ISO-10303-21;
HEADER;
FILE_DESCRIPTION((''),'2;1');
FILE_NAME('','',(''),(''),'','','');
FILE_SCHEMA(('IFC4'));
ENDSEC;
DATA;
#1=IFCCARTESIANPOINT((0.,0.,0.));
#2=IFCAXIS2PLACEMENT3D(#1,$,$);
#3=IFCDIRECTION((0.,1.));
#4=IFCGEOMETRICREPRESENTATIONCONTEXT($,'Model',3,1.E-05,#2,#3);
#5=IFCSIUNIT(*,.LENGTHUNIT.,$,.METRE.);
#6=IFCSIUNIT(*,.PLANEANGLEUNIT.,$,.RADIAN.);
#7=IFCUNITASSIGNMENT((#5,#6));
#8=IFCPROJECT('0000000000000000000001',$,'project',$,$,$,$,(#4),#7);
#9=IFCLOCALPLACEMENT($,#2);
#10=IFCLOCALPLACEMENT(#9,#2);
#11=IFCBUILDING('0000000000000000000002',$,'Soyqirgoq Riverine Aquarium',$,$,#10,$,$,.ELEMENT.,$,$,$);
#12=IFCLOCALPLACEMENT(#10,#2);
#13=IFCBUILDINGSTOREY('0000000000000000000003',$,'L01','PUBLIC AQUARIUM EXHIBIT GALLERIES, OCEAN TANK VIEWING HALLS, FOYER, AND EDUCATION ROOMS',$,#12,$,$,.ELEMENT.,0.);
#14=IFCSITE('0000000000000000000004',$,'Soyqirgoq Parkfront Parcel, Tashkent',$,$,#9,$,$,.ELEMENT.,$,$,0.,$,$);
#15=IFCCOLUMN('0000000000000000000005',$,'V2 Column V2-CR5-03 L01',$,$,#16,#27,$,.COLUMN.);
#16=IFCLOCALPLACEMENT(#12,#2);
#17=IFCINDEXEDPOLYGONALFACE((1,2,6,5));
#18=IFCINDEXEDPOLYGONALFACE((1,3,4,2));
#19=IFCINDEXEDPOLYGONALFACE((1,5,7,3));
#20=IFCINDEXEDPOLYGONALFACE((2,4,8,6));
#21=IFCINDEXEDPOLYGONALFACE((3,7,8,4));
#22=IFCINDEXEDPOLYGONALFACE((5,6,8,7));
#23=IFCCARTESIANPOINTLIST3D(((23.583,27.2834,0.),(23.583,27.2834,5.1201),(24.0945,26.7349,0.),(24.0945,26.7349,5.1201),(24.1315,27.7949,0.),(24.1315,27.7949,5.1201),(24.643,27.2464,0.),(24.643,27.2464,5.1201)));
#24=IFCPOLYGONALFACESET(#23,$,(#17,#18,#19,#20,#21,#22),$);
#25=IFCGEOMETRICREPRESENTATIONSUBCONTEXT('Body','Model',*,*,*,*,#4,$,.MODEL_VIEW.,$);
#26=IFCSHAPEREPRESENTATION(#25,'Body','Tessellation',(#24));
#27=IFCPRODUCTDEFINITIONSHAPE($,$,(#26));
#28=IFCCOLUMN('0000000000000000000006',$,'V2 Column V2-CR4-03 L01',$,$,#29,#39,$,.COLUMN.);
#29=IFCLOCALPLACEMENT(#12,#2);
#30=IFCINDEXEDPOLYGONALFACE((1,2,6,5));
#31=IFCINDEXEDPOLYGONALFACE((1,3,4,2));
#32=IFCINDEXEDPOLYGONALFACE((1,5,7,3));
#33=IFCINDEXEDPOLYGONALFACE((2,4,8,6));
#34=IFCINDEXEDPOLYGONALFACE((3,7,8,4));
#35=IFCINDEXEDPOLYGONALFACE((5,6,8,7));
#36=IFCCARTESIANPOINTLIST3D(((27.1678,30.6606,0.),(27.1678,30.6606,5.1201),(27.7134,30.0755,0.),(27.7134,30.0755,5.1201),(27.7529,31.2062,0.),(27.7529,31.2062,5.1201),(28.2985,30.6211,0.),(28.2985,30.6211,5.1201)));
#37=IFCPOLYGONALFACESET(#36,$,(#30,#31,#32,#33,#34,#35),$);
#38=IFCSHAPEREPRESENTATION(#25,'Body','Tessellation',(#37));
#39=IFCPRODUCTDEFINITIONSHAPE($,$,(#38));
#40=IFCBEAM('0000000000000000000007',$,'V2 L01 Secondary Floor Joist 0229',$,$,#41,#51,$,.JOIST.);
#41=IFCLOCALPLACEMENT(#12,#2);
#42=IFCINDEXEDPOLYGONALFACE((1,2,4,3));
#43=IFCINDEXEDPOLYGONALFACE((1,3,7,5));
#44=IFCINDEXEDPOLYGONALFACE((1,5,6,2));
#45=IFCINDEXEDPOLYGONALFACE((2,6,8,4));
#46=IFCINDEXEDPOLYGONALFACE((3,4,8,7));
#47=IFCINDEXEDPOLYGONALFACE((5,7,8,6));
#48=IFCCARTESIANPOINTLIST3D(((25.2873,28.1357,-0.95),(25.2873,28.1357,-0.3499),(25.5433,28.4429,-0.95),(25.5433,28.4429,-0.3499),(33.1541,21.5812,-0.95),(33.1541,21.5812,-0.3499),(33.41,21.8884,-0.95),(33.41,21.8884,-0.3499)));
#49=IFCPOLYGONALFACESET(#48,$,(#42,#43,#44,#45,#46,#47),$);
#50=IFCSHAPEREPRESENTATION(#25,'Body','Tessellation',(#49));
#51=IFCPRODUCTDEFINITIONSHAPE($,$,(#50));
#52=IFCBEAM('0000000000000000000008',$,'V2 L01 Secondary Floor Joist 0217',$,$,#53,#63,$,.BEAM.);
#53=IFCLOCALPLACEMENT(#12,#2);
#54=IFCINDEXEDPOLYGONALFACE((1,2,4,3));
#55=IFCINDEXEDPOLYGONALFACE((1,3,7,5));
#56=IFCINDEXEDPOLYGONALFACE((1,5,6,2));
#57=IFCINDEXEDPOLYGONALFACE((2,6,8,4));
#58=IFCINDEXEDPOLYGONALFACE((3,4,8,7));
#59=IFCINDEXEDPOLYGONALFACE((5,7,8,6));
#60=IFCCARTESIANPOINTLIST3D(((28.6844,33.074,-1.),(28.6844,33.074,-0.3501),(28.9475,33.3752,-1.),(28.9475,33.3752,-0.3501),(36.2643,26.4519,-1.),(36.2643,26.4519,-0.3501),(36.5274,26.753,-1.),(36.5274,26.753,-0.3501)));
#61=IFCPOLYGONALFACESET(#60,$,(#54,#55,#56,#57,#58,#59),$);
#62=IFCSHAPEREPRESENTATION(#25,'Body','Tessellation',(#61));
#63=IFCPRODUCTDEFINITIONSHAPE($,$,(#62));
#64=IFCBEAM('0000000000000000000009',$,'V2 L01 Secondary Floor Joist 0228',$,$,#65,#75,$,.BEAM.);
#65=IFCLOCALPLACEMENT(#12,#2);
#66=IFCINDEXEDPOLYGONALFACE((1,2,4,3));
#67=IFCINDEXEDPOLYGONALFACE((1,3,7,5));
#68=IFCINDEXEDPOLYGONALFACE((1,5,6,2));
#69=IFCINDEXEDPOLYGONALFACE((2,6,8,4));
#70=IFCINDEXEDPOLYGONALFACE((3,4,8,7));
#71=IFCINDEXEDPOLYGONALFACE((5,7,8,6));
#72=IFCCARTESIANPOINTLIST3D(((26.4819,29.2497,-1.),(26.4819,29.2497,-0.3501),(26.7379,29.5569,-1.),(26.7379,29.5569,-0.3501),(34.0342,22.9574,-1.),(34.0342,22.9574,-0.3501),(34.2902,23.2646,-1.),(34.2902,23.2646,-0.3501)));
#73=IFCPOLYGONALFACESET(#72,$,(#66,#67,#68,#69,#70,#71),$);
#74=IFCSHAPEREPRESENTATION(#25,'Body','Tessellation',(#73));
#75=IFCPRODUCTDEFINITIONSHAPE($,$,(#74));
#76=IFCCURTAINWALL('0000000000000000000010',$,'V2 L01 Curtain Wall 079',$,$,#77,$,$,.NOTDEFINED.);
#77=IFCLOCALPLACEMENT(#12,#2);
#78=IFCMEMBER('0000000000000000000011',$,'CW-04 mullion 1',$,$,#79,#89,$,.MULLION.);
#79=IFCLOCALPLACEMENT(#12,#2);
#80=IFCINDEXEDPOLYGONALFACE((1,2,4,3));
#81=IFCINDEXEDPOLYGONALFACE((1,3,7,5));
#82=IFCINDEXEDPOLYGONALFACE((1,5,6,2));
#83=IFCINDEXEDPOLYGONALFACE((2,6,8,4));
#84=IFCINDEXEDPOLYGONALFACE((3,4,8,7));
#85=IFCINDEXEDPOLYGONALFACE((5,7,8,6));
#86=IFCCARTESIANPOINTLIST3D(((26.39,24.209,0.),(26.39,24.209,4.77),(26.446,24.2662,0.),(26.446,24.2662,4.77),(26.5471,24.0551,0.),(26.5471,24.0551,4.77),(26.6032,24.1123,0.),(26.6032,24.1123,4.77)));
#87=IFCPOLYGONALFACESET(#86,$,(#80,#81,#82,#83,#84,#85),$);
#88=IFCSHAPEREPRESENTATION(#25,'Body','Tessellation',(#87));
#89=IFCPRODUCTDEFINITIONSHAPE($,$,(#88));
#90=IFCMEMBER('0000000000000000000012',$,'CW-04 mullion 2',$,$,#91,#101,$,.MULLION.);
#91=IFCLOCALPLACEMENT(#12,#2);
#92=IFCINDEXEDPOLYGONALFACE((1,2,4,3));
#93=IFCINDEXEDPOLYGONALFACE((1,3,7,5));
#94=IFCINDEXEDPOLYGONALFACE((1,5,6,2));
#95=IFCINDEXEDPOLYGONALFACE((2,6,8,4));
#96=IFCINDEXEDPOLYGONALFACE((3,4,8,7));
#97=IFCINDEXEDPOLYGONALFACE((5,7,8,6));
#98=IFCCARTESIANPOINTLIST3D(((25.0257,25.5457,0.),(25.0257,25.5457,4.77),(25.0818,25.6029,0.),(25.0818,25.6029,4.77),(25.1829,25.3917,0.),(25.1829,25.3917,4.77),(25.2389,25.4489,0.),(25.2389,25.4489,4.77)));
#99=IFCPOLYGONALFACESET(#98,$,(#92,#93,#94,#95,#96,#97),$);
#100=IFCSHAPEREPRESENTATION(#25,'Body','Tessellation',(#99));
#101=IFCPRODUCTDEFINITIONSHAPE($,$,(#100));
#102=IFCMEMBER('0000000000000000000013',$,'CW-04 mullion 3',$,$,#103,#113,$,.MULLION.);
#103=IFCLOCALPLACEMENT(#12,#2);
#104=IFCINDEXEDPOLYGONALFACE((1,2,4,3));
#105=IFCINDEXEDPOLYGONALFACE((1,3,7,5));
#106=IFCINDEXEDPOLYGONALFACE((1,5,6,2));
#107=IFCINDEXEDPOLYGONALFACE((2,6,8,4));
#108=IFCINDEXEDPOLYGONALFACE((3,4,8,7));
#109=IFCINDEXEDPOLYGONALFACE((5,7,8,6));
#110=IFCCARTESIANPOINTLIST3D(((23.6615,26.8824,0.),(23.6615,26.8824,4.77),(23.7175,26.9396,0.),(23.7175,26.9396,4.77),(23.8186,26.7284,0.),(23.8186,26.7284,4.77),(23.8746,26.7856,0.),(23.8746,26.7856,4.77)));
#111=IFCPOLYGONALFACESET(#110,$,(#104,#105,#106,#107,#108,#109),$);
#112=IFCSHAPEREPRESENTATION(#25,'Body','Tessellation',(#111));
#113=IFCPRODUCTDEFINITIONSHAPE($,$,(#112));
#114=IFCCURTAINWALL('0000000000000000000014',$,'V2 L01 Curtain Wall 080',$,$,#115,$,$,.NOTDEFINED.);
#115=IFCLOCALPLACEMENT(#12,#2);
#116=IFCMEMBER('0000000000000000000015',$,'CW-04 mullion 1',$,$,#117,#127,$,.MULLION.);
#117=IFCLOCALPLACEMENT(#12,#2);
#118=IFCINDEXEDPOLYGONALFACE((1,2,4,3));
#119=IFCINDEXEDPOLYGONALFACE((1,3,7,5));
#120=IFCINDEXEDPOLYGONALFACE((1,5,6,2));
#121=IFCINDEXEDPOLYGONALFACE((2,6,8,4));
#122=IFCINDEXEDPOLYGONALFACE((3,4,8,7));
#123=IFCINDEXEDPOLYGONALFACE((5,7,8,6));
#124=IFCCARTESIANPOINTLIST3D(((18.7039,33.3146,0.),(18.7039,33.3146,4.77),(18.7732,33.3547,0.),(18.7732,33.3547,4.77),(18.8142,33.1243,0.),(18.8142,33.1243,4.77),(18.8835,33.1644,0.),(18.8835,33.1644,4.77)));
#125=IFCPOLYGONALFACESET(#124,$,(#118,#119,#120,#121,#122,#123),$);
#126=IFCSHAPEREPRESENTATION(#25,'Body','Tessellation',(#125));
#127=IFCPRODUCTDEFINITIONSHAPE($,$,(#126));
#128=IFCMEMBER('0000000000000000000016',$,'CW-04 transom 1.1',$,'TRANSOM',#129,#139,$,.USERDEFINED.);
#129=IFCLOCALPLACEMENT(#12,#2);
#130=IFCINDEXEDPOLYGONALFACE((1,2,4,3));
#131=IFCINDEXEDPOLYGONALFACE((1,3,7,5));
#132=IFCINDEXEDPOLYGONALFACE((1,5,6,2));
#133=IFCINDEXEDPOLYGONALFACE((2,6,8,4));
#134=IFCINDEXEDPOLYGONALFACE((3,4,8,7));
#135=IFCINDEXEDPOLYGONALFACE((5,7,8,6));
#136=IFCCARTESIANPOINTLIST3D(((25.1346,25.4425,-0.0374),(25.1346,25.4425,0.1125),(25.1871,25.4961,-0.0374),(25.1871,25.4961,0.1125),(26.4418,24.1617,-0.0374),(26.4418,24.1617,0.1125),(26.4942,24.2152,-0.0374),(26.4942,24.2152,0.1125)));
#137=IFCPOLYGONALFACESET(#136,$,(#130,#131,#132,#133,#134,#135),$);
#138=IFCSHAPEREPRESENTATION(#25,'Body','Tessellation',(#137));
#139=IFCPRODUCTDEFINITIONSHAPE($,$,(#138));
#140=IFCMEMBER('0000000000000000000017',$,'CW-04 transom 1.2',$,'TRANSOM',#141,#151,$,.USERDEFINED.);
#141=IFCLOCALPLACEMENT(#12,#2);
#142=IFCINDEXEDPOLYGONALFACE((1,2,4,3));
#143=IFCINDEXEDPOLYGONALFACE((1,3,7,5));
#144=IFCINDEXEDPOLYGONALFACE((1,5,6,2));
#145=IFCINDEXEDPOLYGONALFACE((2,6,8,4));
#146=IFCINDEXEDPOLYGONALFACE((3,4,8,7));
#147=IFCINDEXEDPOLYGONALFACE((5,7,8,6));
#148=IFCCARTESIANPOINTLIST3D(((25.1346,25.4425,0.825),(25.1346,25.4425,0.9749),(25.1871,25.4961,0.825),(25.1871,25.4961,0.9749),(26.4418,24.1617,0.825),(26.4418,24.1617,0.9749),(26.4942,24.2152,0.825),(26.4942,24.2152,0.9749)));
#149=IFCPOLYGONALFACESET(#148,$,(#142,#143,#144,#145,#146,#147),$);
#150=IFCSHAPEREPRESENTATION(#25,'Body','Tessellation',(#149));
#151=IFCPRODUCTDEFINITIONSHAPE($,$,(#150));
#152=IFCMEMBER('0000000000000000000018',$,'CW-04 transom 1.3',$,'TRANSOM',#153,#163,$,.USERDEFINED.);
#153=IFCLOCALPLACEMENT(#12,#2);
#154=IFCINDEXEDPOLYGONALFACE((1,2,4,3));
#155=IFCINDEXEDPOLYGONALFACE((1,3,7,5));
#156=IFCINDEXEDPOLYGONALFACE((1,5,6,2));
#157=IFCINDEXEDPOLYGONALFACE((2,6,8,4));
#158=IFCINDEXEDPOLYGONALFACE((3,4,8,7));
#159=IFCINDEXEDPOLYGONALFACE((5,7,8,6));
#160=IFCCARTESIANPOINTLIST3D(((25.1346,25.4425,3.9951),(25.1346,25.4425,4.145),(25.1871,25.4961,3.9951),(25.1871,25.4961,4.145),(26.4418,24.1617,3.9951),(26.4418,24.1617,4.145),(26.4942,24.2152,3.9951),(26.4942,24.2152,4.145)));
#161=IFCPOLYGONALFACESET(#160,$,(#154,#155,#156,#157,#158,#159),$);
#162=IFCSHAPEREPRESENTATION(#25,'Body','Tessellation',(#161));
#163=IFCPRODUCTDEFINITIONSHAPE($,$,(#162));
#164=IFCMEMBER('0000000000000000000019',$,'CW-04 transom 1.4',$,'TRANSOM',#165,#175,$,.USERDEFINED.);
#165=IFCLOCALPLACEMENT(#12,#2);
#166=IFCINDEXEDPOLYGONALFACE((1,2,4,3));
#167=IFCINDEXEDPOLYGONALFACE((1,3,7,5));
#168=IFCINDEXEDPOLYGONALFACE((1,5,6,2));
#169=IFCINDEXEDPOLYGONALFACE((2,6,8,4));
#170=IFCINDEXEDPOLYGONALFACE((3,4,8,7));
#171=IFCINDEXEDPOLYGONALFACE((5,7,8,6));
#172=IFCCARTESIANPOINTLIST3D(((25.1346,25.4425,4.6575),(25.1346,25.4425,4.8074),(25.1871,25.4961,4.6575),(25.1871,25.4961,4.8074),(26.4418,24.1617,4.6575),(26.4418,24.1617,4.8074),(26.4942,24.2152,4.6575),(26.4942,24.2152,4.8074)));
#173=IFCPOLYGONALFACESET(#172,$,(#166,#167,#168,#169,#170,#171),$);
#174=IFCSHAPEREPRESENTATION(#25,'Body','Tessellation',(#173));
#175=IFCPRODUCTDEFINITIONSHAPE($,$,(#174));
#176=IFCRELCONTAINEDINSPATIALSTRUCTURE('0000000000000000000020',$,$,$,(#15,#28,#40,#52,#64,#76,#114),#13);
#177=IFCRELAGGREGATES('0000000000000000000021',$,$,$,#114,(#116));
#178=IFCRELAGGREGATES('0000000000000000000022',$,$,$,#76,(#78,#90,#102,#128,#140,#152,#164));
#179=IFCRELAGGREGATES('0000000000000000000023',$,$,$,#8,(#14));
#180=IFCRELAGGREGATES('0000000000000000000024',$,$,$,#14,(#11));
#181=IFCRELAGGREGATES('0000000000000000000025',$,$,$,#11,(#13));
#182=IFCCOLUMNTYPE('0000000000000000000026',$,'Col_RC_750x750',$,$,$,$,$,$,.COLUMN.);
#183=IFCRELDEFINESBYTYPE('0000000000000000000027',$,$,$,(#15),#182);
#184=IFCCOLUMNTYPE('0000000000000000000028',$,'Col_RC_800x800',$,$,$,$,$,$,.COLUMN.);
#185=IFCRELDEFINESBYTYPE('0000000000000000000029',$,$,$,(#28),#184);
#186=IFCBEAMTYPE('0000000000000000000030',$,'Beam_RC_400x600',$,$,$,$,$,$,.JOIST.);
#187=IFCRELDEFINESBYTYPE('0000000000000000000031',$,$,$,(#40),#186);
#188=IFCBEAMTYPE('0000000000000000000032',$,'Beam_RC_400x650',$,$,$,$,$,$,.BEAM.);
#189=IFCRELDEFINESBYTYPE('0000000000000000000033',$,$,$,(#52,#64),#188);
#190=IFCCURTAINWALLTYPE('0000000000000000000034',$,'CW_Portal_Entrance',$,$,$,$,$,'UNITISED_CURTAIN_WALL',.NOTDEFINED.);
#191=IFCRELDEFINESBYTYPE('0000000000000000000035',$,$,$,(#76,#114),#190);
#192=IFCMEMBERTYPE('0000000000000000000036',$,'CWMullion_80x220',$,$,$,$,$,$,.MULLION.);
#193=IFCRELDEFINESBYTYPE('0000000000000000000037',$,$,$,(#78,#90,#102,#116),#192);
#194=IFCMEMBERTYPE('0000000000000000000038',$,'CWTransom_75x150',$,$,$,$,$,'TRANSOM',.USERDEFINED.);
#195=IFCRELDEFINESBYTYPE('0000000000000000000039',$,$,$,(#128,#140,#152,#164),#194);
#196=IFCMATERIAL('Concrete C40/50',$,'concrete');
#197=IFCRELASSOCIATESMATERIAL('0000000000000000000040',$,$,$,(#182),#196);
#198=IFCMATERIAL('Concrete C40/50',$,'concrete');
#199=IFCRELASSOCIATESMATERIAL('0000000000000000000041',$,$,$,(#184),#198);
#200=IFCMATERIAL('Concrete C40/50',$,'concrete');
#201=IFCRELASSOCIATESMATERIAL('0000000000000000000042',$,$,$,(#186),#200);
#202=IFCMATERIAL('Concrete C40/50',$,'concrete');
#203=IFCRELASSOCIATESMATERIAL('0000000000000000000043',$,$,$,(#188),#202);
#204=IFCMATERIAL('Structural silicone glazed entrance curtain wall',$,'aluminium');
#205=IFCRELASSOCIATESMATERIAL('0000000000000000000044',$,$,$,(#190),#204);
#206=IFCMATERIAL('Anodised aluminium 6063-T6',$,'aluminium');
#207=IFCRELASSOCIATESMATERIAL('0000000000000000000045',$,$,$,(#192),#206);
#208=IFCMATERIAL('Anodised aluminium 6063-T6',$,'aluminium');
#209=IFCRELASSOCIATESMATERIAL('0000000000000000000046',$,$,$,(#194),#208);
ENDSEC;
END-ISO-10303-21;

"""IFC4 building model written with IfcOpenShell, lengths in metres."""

from ifc_helpers import new_model, si_unit, direction, frame, origin, origin_2d, place, context, subcontext, project, spatial, rectangle, extrude, material, material_profile, profile_set, type_object, element, aggregate, save


model = new_model("IFC4")

# Units and contexts
model_context = context("Model", 3, precision=1e-05, world=origin(), true_north=direction((0.0, 1.0)))
body_context = subcontext(model_context, "Body", "Model", "MODEL_VIEW")
ifc_project = project(units=[si_unit("LENGTHUNIT", "METRE"), si_unit("PLANEANGLEUNIT", "RADIAN")], contexts=[model_context])

# Site, building, storey
site_placement = place(None, origin())
site = spatial("IfcSite", under=ifc_project, at=site_placement, Name="Soyqirgoq Parkfront Parcel, Tashkent", CompositionType="ELEMENT", RefElevation=0.0)
building_placement = place(site_placement, origin())
building = spatial("IfcBuilding", under=site, at=building_placement, Name="Soyqirgoq Riverine Aquarium", CompositionType="ELEMENT")
storey_placement = place(building_placement, origin())
storey = spatial("IfcBuildingStorey", under=building, at=storey_placement, Name="L01", Description="PUBLIC AQUARIUM EXHIBIT GALLERIES, OCEAN TANK VIEWING HALLS, FOYER, AND EDUCATION ROOMS", CompositionType="ELEMENT", Elevation=0.0)

# Columns
ifc_material_1 = material(Name="Concrete C40/50", Category="concrete")
ifc_material_profile_1 = material_profile(ifc_material_1, rectangle(XDim=0.75, YDim=0.75, at=origin_2d()), Name="RC 750x750")
ifc_profile_set_1 = profile_set([ifc_material_profile_1], Name="Concrete C40/50")
column_type_1 = type_object("IfcColumnType", Name="Col_RC_750x750", PredefinedType="COLUMN", material=ifc_profile_set_1)
column_1_placement = place(storey_placement, frame((24.113, 27.2649, 0.0), z_axis=(0.0, 0.0, 1.0), x_axis=(-0.731354, -0.681998, 0.0)))
element("IfcColumn", 1, at=column_1_placement, inside=storey, type_object=column_type_1, Name="V2 Column V2-CR5-03 L01", PredefinedType="COLUMN", context=body_context, shape_type="SweptSolid", body=[
    extrude(rectangle(XDim=0.75, YDim=0.75, at=origin_2d()), origin(), (0.0, 0.0, 1.0), 5.1201),
])
ifc_material_2 = material(Name="Concrete C40/50", Category="concrete")
ifc_material_profile_2 = material_profile(ifc_material_2, rectangle(XDim=0.8, YDim=0.8, at=origin_2d()), Name="RC 800x800")
ifc_profile_set_2 = profile_set([ifc_material_profile_2], Name="Concrete C40/50")
column_type_2 = type_object("IfcColumnType", Name="Col_RC_800x800", PredefinedType="COLUMN", material=ifc_profile_set_2)
column_2_placement = place(storey_placement, frame((27.7332, 30.6409, 0.0), z_axis=(0.0, 0.0, 1.0), x_axis=(-0.731354, -0.681998, 0.0)))
element("IfcColumn", 2, at=column_2_placement, inside=storey, type_object=column_type_2, Name="V2 Column V2-CR4-03 L01", PredefinedType="COLUMN", context=body_context, shape_type="SweptSolid", body=[
    extrude(rectangle(XDim=0.8, YDim=0.8, at=origin_2d()), origin(), (0.0, 0.0, 1.0), 5.1201),
])

# Beams
ifc_material_3 = material(Name="Concrete C40/50", Category="concrete")
ifc_material_profile_3 = material_profile(ifc_material_3, rectangle(XDim=0.3999, YDim=0.6001, at=origin_2d()), Name="RC 400x600")
ifc_profile_set_3 = profile_set([ifc_material_profile_3], Name="Concrete C40/50")
beam_type_1 = type_object("IfcBeamType", Name="Beam_RC_400x600", PredefinedType="JOIST", material=ifc_profile_set_3)
beam_1_placement = place(storey_placement, frame((25.4153, 28.2893, -0.6499), z_axis=(0.768276, -0.640119, 0.0), x_axis=(0.640119, 0.768276, 0.0)))
element("IfcBeam", 3, at=beam_1_placement, inside=storey, type_object=beam_type_1, Name="V2 L01 Secondary Floor Joist 0229", PredefinedType="JOIST", context=body_context, shape_type="SweptSolid", body=[
    extrude(rectangle(XDim=0.3999, YDim=0.6001, at=origin_2d()), origin(), (0.0, 0.0, 1.0), 10.2395),
])
ifc_material_4 = material(Name="Concrete C40/50", Category="concrete")
ifc_material_profile_4 = material_profile(ifc_material_4, rectangle(XDim=0.3999, YDim=0.6499, at=origin_2d()), Name="RC 400x650")
ifc_profile_set_4 = profile_set([ifc_material_profile_4], Name="Concrete C40/50")
beam_type_2 = type_object("IfcBeamType", Name="Beam_RC_400x650", PredefinedType="BEAM", material=ifc_profile_set_4)
beam_2_placement = place(storey_placement, frame((28.8159, 33.2246, -0.675), z_axis=(0.753083, -0.657926, 0.0), x_axis=(0.657926, 0.753083, 0.0)))
element("IfcBeam", 4, at=beam_2_placement, inside=storey, type_object=beam_type_2, Name="V2 L01 Secondary Floor Joist 0217", PredefinedType="BEAM", context=body_context, shape_type="SweptSolid", body=[
    extrude(rectangle(XDim=0.3999, YDim=0.6499, at=origin_2d()), origin(), (0.0, 0.0, 1.0), 10.0652),
])
beam_3_placement = place(storey_placement, frame((26.6099, 29.4033, -0.675), z_axis=(0.768286, -0.640106, 0.0), x_axis=(0.640106, 0.768286, 0.0)))
element("IfcBeam", 5, at=beam_3_placement, inside=storey, type_object=beam_type_2, Name="V2 L01 Secondary Floor Joist 0228", PredefinedType="BEAM", context=body_context, shape_type="SweptSolid", body=[
    extrude(rectangle(XDim=0.3999, YDim=0.6499, at=origin_2d()), origin(), (0.0, 0.0, 1.0), 9.8301),
])

# Curtain wall, members
ifc_material_5 = material(Name="Structural silicone glazed entrance curtain wall", Category="aluminium")
curtain_wall_type = type_object("IfcCurtainWallType", Name="CW_Portal_Entrance", ElementType="UNITISED_CURTAIN_WALL", PredefinedType="NOTDEFINED", material=ifc_material_5)
curtain_wall_1_placement = place(storey_placement, origin())
curtain_wall_1 = element("IfcCurtainWall", 6, at=curtain_wall_1_placement, inside=storey, type_object=curtain_wall_type, Name="V2 L01 Curtain Wall 079", PredefinedType="NOTDEFINED")
ifc_material_6 = material(Name="Anodised aluminium 6063-T6", Category="aluminium")
ifc_material_profile_5 = material_profile(ifc_material_6, rectangle(XDim=0.0801, YDim=0.22, at=origin_2d()), Name="ALU-M 80x220")
ifc_profile_set_5 = profile_set([ifc_material_profile_5], Name="Anodised aluminium 6063-T6")
member_type_1 = type_object("IfcMemberType", Name="CWMullion_80x220", PredefinedType="MULLION", material=ifc_profile_set_5)
member_1_placement = place(storey_placement, frame((26.4966, 24.1606, 0.0), z_axis=(0.0, 0.0, 1.0), x_axis=(-0.699878, -0.714263, 0.0)))
member_1 = element("IfcMember", 7, at=member_1_placement, type_object=member_type_1, Name="CW-04 mullion 1", PredefinedType="MULLION", context=body_context, shape_type="SweptSolid", body=[
    extrude(rectangle(XDim=0.0801, YDim=0.22, at=origin_2d()), origin(), (0.0, 0.0, 1.0), 4.77),
])
member_2_placement = place(storey_placement, frame((25.1323, 25.4973, 0.0), z_axis=(0.0, 0.0, 1.0), x_axis=(-0.699878, -0.714263, 0.0)))
member_2 = element("IfcMember", 8, at=member_2_placement, type_object=member_type_1, Name="CW-04 mullion 2", PredefinedType="MULLION", context=body_context, shape_type="SweptSolid", body=[
    extrude(rectangle(XDim=0.0801, YDim=0.22, at=origin_2d()), origin(), (0.0, 0.0, 1.0), 4.77),
])
member_3_placement = place(storey_placement, frame((23.7681, 26.834, 0.0), z_axis=(0.0, 0.0, 1.0), x_axis=(-0.699878, -0.714263, 0.0)))
member_3 = element("IfcMember", 9, at=member_3_placement, type_object=member_type_1, Name="CW-04 mullion 3", PredefinedType="MULLION", context=body_context, shape_type="SweptSolid", body=[
    extrude(rectangle(XDim=0.0801, YDim=0.22, at=origin_2d()), origin(), (0.0, 0.0, 1.0), 4.77),
])

# Curtain wall, member
curtain_wall_2_placement = place(storey_placement, origin())
curtain_wall_2 = element("IfcCurtainWall", 10, at=curtain_wall_2_placement, inside=storey, type_object=curtain_wall_type, Name="V2 L01 Curtain Wall 080", PredefinedType="NOTDEFINED")
member_4_placement = place(storey_placement, frame((18.7937, 33.2395, 0.0), z_axis=(0.0, 0.0, 1.0), x_axis=(-0.865295, -0.501264, 0.0)))
member_4 = element("IfcMember", 11, at=member_4_placement, type_object=member_type_1, Name="CW-04 mullion 1", PredefinedType="MULLION", context=body_context, shape_type="SweptSolid", body=[
    extrude(rectangle(XDim=0.0801, YDim=0.22, at=origin_2d()), origin(), (0.0, 0.0, 1.0), 4.77),
])

# Members
ifc_material_7 = material(Name="Anodised aluminium 6063-T6", Category="aluminium")
ifc_material_profile_6 = material_profile(ifc_material_7, rectangle(XDim=0.075, YDim=0.1499, at=origin_2d()), Name="ALU-T 75x150")
ifc_profile_set_6 = profile_set([ifc_material_profile_6], Name="Anodised aluminium 6063-T6")
member_type_2 = type_object("IfcMemberType", Name="CWTransom_75x150", ElementType="TRANSOM", PredefinedType="USERDEFINED", material=ifc_profile_set_6)
member_5_placement = place(storey_placement, frame((26.468, 24.1885, 0.0376), z_axis=(-0.714274, 0.699866, 0.0), x_axis=(-0.699866, -0.714274, 0.0)))
member_5 = element("IfcMember", 12, at=member_5_placement, type_object=member_type_2, Name="CW-04 transom 1.1", ObjectType="TRANSOM", PredefinedType="USERDEFINED", context=body_context, shape_type="SweptSolid", body=[
    extrude(rectangle(XDim=0.075, YDim=0.1499, at=origin_2d()), origin(), (0.0, 0.0, 1.0), 1.8301),
])
member_6_placement = place(storey_placement, frame((26.468, 24.1885, 0.8999), z_axis=(-0.714274, 0.699866, 0.0), x_axis=(-0.699866, -0.714274, 0.0)))
member_6 = element("IfcMember", 13, at=member_6_placement, type_object=member_type_2, Name="CW-04 transom 1.2", ObjectType="TRANSOM", PredefinedType="USERDEFINED", context=body_context, shape_type="SweptSolid", body=[
    extrude(rectangle(XDim=0.075, YDim=0.1499, at=origin_2d()), origin(), (0.0, 0.0, 1.0), 1.8301),
])
member_7_placement = place(storey_placement, frame((26.468, 24.1885, 4.0701), z_axis=(-0.714274, 0.699866, 0.0), x_axis=(-0.699866, -0.714274, 0.0)))
member_7 = element("IfcMember", 14, at=member_7_placement, type_object=member_type_2, Name="CW-04 transom 1.3", ObjectType="TRANSOM", PredefinedType="USERDEFINED", context=body_context, shape_type="SweptSolid", body=[
    extrude(rectangle(XDim=0.075, YDim=0.1499, at=origin_2d()), origin(), (0.0, 0.0, 1.0), 1.8301),
])
member_8_placement = place(storey_placement, frame((26.468, 24.1885, 4.7324), z_axis=(-0.714274, 0.699866, 0.0), x_axis=(-0.699866, -0.714274, 0.0)))
member_8 = element("IfcMember", 15, at=member_8_placement, type_object=member_type_2, Name="CW-04 transom 1.4", ObjectType="TRANSOM", PredefinedType="USERDEFINED", context=body_context, shape_type="SweptSolid", body=[
    extrude(rectangle(XDim=0.075, YDim=0.1499, at=origin_2d()), origin(), (0.0, 0.0, 1.0), 1.8301),
])
aggregate(curtain_wall_2, [member_4])

aggregate(curtain_wall_1, [member_1, member_2, member_3, member_5, member_6, member_7, member_8])

save(model, "model.ifc")
